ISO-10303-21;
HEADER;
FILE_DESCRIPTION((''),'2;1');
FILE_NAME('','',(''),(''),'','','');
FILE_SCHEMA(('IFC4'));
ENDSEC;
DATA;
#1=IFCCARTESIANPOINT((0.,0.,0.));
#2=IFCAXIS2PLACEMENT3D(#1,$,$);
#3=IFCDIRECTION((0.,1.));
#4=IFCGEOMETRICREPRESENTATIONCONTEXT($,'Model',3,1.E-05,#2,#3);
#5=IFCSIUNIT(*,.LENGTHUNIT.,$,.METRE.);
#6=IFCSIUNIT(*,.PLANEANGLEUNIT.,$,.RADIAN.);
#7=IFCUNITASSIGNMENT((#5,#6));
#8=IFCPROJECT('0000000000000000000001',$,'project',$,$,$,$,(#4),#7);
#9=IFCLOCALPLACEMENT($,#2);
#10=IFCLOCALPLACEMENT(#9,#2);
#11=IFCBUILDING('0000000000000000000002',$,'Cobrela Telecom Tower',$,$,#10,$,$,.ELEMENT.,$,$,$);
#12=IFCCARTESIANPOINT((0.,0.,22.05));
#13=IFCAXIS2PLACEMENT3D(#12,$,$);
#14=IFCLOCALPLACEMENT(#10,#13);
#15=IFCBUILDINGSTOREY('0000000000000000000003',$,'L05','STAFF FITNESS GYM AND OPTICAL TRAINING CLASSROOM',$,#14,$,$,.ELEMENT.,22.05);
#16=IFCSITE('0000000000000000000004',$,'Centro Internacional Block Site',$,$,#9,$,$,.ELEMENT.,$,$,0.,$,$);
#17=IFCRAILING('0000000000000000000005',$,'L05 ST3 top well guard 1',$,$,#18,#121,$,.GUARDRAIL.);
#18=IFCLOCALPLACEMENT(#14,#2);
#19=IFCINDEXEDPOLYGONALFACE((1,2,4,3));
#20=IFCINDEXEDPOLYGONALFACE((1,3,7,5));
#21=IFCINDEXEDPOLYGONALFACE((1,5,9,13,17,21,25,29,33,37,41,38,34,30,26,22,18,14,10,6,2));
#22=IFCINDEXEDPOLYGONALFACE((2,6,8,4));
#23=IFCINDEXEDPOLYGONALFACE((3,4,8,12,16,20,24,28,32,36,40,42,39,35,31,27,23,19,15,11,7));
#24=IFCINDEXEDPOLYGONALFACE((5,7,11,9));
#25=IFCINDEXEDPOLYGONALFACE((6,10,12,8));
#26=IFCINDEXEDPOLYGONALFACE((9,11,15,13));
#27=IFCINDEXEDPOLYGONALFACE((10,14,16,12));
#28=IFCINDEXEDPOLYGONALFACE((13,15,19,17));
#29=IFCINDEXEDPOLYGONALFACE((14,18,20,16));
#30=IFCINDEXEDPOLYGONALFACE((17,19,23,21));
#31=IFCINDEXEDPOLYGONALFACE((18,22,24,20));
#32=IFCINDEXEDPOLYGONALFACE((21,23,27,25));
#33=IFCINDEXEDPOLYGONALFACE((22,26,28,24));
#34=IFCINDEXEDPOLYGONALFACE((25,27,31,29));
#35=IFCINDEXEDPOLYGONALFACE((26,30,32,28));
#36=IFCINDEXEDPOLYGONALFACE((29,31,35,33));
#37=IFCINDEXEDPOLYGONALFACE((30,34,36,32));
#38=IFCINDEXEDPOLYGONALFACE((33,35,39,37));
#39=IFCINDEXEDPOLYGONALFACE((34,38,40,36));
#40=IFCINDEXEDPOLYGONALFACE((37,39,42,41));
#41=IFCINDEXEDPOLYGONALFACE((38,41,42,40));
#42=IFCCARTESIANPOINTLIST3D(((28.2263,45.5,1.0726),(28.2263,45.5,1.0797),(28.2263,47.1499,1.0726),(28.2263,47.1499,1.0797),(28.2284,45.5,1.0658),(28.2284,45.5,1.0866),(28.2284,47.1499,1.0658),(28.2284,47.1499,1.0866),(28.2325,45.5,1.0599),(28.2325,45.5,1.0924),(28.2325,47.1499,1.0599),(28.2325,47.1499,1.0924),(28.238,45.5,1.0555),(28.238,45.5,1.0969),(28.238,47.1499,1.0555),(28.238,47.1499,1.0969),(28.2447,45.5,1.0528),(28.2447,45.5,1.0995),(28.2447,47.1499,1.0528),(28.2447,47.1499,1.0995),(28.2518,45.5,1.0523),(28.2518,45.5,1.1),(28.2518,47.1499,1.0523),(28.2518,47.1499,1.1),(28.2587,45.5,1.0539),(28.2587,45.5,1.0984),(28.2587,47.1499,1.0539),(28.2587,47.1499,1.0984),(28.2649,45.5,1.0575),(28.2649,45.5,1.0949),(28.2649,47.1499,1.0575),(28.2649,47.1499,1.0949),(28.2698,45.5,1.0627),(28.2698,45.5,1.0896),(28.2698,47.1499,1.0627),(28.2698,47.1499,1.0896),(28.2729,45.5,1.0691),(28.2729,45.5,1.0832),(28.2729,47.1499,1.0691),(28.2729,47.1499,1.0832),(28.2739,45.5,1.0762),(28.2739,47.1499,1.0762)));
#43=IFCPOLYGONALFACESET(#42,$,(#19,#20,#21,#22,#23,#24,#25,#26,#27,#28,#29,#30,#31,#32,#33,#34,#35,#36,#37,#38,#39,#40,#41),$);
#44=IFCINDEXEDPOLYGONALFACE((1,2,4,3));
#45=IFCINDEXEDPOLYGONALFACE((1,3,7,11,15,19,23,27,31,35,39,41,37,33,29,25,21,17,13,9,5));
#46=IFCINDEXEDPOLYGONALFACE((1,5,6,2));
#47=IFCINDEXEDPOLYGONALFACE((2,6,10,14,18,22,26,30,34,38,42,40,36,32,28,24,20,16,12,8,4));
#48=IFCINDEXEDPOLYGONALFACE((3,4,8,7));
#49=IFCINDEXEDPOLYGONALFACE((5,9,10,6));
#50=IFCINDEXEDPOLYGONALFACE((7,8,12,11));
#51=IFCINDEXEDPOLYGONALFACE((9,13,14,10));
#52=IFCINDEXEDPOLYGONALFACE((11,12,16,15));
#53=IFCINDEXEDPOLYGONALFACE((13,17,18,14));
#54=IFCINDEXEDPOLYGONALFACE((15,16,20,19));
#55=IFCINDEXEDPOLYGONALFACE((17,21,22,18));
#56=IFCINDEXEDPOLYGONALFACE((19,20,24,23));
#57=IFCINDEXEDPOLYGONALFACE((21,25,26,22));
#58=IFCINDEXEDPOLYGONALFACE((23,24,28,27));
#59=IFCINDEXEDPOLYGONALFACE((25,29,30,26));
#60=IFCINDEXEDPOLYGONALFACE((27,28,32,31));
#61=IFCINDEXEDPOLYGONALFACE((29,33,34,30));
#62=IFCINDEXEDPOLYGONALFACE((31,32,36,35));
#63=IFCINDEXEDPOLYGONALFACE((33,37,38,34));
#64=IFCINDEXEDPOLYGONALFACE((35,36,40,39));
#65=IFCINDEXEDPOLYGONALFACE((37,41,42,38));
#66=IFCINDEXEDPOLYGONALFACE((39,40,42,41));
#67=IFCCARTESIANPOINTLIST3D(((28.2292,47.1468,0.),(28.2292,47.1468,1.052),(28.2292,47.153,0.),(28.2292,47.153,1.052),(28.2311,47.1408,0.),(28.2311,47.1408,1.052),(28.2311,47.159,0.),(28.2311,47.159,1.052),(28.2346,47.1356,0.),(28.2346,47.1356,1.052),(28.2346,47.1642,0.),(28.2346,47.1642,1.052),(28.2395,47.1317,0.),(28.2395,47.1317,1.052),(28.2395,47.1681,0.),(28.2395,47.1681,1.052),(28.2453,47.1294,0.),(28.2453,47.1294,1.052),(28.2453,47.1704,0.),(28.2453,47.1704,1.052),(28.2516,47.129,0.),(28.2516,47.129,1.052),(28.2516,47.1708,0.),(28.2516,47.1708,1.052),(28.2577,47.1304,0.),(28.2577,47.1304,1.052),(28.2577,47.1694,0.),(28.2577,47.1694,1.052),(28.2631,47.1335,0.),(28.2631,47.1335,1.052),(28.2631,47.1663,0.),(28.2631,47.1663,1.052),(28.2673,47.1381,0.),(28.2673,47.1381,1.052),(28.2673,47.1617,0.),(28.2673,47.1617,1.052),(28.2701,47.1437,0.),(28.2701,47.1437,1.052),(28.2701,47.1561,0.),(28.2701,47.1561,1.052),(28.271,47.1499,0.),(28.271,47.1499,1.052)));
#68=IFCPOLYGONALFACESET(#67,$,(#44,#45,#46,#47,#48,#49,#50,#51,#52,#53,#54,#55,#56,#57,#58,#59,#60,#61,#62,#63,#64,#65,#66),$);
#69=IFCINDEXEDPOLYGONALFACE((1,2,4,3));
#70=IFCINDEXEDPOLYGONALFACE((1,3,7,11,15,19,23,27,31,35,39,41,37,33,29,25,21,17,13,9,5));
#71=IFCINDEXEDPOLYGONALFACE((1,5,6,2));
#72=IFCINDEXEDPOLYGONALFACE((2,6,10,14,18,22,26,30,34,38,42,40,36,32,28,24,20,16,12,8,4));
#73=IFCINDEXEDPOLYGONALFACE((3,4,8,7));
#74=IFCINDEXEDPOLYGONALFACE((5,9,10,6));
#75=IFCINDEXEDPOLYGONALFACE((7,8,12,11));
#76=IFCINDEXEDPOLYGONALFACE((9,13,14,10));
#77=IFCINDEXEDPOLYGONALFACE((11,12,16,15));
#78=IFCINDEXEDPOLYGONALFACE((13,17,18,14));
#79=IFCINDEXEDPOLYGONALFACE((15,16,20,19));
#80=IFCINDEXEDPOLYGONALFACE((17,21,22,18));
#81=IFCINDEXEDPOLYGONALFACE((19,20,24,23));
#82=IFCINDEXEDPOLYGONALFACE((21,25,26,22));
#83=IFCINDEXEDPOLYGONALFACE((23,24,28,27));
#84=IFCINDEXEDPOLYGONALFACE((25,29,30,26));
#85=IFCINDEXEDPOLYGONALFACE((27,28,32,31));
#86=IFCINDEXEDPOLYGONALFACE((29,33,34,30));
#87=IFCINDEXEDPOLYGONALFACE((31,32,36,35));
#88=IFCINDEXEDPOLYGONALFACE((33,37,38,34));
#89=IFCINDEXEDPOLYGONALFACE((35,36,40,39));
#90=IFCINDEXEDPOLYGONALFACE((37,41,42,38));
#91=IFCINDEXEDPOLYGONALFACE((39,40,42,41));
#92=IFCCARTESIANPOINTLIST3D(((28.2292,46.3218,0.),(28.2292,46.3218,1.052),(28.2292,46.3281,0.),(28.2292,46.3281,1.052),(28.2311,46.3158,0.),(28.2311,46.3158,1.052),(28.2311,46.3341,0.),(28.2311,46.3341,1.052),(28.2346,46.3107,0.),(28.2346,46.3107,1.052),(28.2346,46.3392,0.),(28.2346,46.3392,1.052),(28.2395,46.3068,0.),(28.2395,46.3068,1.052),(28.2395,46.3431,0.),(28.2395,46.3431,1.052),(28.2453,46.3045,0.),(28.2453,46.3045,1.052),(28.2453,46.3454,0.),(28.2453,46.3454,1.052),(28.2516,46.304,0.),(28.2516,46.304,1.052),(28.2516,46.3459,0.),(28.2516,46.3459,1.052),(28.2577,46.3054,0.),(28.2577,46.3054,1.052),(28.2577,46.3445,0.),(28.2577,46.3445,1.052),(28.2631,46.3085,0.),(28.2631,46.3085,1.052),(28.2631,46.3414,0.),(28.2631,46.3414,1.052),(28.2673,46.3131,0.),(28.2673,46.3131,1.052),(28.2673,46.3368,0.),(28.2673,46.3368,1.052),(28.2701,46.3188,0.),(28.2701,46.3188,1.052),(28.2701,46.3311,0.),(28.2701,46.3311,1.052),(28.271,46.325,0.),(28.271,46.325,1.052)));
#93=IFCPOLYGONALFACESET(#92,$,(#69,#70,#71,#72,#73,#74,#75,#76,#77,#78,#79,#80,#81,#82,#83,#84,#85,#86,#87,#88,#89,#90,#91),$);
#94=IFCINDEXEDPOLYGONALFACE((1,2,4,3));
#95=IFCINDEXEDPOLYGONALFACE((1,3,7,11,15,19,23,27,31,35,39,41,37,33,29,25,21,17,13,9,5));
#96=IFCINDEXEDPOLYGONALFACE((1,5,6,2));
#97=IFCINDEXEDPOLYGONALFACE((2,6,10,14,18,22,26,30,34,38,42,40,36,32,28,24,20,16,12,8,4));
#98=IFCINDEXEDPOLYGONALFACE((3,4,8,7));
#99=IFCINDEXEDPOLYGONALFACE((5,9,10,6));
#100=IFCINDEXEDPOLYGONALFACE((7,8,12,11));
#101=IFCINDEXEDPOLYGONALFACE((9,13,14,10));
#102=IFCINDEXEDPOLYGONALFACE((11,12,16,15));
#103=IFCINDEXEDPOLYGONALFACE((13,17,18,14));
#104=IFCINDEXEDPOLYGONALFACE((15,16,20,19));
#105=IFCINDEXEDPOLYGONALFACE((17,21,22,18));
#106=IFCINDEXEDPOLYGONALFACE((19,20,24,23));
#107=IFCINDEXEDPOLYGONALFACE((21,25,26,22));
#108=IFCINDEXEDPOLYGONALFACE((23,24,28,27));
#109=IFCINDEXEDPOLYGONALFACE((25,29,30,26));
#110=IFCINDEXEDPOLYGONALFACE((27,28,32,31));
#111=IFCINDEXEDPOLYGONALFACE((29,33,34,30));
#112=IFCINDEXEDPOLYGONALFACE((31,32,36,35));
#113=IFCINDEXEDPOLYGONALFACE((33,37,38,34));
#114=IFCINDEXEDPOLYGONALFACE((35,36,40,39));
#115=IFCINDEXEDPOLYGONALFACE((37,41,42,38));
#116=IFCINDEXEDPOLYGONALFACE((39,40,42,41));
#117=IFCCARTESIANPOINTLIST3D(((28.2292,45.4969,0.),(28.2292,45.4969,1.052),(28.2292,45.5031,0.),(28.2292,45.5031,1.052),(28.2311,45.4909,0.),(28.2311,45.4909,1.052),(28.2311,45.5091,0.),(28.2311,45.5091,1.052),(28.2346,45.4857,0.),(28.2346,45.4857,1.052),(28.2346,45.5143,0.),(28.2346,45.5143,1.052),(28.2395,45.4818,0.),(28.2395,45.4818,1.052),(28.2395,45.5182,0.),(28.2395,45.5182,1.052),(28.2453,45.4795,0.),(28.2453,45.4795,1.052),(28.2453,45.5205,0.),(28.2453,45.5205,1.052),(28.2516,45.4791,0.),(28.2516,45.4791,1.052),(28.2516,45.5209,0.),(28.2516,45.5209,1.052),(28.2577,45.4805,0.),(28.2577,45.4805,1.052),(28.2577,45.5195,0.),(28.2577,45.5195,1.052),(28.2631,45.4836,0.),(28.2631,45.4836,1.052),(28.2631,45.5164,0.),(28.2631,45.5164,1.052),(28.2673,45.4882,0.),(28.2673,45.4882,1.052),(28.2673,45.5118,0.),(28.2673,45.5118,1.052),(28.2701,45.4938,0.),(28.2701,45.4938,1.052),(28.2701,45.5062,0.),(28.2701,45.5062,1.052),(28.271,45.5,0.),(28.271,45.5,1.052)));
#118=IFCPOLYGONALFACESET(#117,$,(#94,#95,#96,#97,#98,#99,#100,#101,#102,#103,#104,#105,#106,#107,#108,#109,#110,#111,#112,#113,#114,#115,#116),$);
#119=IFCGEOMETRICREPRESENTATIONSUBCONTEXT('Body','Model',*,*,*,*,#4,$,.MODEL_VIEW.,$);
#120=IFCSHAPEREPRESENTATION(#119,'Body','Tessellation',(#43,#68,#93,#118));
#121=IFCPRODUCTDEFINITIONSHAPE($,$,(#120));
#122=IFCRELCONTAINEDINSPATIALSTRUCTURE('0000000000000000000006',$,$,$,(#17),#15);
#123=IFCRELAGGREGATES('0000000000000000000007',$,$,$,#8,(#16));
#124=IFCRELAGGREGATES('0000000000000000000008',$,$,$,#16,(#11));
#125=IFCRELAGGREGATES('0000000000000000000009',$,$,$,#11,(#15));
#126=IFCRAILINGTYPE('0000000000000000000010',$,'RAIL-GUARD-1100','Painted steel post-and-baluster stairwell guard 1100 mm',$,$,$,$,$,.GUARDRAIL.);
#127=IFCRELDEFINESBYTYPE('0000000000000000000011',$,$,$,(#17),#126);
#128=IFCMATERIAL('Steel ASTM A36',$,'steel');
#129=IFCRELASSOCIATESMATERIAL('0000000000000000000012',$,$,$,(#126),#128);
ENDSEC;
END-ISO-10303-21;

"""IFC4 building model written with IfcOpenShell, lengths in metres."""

from ifc_helpers import new_model, si_unit, direction, frame, origin, origin_2d, place, context, subcontext, project, spatial, circle, extrude, material, type_object, element, save


model = new_model("IFC4")

# Units and contexts
model_context = context("Model", 3, precision=1e-05, world=origin(), true_north=direction((0.0, 1.0)))
body_context = subcontext(model_context, "Body", "Model", "MODEL_VIEW")
ifc_project = project(units=[si_unit("LENGTHUNIT", "METRE"), si_unit("PLANEANGLEUNIT", "RADIAN")], contexts=[model_context])

# Site, building, storey
site_placement = place(None, origin())
site = spatial("IfcSite", under=ifc_project, at=site_placement, Name="Centro Internacional Block Site", CompositionType="ELEMENT", RefElevation=0.0)
building_placement = place(site_placement, origin())
building = spatial("IfcBuilding", under=site, at=building_placement, Name="Cobrela Telecom Tower", CompositionType="ELEMENT")
storey_placement = place(building_placement, frame((0.0, 0.0, 22.05)))
storey = spatial("IfcBuildingStorey", under=building, at=storey_placement, Name="L05", Description="STAFF FITNESS GYM AND OPTICAL TRAINING CLASSROOM", CompositionType="ELEMENT", Elevation=22.05)

# Shared definitions
ifc_material_1 = material(Name="Steel ASTM A36", Category="steel")

# Railing
railing_type = type_object("IfcRailingType", Name="RAIL-GUARD-1100", Description="Painted steel post-and-baluster stairwell guard 1100 mm", PredefinedType="GUARDRAIL", material=ifc_material_1)
railing_1_placement = place(storey_placement, frame((28.25, 47.1499, 0.0)))
element("IfcRailing", 1, at=railing_1_placement, inside=storey, type_object=railing_type, Name="L05 ST3 top well guard 1", PredefinedType="GUARDRAIL", context=body_context, shape_type="SweptSolid", body=[
    extrude(circle(Radius=0.0239, at=origin_2d()), frame((0.0, 0.0, 1.0762), z_axis=(0.0, -1.0, 0.0), x_axis=(1.0, 0.0, 0.0)), (0.0, 0.0, 1.0), 1.6499),
    extrude(circle(Radius=0.021, at=origin_2d()), origin(), (0.0, 0.0, 1.0), 1.052),
    extrude(circle(Radius=0.021, at=origin_2d()), frame((0.0, -0.825, 0.0)), (0.0, 0.0, 1.0), 1.052),
    extrude(circle(Radius=0.021, at=origin_2d()), frame((0.0, -1.6499, 0.0)), (0.0, 0.0, 1.0), 1.052),
])

save(model, "model.ifc")
